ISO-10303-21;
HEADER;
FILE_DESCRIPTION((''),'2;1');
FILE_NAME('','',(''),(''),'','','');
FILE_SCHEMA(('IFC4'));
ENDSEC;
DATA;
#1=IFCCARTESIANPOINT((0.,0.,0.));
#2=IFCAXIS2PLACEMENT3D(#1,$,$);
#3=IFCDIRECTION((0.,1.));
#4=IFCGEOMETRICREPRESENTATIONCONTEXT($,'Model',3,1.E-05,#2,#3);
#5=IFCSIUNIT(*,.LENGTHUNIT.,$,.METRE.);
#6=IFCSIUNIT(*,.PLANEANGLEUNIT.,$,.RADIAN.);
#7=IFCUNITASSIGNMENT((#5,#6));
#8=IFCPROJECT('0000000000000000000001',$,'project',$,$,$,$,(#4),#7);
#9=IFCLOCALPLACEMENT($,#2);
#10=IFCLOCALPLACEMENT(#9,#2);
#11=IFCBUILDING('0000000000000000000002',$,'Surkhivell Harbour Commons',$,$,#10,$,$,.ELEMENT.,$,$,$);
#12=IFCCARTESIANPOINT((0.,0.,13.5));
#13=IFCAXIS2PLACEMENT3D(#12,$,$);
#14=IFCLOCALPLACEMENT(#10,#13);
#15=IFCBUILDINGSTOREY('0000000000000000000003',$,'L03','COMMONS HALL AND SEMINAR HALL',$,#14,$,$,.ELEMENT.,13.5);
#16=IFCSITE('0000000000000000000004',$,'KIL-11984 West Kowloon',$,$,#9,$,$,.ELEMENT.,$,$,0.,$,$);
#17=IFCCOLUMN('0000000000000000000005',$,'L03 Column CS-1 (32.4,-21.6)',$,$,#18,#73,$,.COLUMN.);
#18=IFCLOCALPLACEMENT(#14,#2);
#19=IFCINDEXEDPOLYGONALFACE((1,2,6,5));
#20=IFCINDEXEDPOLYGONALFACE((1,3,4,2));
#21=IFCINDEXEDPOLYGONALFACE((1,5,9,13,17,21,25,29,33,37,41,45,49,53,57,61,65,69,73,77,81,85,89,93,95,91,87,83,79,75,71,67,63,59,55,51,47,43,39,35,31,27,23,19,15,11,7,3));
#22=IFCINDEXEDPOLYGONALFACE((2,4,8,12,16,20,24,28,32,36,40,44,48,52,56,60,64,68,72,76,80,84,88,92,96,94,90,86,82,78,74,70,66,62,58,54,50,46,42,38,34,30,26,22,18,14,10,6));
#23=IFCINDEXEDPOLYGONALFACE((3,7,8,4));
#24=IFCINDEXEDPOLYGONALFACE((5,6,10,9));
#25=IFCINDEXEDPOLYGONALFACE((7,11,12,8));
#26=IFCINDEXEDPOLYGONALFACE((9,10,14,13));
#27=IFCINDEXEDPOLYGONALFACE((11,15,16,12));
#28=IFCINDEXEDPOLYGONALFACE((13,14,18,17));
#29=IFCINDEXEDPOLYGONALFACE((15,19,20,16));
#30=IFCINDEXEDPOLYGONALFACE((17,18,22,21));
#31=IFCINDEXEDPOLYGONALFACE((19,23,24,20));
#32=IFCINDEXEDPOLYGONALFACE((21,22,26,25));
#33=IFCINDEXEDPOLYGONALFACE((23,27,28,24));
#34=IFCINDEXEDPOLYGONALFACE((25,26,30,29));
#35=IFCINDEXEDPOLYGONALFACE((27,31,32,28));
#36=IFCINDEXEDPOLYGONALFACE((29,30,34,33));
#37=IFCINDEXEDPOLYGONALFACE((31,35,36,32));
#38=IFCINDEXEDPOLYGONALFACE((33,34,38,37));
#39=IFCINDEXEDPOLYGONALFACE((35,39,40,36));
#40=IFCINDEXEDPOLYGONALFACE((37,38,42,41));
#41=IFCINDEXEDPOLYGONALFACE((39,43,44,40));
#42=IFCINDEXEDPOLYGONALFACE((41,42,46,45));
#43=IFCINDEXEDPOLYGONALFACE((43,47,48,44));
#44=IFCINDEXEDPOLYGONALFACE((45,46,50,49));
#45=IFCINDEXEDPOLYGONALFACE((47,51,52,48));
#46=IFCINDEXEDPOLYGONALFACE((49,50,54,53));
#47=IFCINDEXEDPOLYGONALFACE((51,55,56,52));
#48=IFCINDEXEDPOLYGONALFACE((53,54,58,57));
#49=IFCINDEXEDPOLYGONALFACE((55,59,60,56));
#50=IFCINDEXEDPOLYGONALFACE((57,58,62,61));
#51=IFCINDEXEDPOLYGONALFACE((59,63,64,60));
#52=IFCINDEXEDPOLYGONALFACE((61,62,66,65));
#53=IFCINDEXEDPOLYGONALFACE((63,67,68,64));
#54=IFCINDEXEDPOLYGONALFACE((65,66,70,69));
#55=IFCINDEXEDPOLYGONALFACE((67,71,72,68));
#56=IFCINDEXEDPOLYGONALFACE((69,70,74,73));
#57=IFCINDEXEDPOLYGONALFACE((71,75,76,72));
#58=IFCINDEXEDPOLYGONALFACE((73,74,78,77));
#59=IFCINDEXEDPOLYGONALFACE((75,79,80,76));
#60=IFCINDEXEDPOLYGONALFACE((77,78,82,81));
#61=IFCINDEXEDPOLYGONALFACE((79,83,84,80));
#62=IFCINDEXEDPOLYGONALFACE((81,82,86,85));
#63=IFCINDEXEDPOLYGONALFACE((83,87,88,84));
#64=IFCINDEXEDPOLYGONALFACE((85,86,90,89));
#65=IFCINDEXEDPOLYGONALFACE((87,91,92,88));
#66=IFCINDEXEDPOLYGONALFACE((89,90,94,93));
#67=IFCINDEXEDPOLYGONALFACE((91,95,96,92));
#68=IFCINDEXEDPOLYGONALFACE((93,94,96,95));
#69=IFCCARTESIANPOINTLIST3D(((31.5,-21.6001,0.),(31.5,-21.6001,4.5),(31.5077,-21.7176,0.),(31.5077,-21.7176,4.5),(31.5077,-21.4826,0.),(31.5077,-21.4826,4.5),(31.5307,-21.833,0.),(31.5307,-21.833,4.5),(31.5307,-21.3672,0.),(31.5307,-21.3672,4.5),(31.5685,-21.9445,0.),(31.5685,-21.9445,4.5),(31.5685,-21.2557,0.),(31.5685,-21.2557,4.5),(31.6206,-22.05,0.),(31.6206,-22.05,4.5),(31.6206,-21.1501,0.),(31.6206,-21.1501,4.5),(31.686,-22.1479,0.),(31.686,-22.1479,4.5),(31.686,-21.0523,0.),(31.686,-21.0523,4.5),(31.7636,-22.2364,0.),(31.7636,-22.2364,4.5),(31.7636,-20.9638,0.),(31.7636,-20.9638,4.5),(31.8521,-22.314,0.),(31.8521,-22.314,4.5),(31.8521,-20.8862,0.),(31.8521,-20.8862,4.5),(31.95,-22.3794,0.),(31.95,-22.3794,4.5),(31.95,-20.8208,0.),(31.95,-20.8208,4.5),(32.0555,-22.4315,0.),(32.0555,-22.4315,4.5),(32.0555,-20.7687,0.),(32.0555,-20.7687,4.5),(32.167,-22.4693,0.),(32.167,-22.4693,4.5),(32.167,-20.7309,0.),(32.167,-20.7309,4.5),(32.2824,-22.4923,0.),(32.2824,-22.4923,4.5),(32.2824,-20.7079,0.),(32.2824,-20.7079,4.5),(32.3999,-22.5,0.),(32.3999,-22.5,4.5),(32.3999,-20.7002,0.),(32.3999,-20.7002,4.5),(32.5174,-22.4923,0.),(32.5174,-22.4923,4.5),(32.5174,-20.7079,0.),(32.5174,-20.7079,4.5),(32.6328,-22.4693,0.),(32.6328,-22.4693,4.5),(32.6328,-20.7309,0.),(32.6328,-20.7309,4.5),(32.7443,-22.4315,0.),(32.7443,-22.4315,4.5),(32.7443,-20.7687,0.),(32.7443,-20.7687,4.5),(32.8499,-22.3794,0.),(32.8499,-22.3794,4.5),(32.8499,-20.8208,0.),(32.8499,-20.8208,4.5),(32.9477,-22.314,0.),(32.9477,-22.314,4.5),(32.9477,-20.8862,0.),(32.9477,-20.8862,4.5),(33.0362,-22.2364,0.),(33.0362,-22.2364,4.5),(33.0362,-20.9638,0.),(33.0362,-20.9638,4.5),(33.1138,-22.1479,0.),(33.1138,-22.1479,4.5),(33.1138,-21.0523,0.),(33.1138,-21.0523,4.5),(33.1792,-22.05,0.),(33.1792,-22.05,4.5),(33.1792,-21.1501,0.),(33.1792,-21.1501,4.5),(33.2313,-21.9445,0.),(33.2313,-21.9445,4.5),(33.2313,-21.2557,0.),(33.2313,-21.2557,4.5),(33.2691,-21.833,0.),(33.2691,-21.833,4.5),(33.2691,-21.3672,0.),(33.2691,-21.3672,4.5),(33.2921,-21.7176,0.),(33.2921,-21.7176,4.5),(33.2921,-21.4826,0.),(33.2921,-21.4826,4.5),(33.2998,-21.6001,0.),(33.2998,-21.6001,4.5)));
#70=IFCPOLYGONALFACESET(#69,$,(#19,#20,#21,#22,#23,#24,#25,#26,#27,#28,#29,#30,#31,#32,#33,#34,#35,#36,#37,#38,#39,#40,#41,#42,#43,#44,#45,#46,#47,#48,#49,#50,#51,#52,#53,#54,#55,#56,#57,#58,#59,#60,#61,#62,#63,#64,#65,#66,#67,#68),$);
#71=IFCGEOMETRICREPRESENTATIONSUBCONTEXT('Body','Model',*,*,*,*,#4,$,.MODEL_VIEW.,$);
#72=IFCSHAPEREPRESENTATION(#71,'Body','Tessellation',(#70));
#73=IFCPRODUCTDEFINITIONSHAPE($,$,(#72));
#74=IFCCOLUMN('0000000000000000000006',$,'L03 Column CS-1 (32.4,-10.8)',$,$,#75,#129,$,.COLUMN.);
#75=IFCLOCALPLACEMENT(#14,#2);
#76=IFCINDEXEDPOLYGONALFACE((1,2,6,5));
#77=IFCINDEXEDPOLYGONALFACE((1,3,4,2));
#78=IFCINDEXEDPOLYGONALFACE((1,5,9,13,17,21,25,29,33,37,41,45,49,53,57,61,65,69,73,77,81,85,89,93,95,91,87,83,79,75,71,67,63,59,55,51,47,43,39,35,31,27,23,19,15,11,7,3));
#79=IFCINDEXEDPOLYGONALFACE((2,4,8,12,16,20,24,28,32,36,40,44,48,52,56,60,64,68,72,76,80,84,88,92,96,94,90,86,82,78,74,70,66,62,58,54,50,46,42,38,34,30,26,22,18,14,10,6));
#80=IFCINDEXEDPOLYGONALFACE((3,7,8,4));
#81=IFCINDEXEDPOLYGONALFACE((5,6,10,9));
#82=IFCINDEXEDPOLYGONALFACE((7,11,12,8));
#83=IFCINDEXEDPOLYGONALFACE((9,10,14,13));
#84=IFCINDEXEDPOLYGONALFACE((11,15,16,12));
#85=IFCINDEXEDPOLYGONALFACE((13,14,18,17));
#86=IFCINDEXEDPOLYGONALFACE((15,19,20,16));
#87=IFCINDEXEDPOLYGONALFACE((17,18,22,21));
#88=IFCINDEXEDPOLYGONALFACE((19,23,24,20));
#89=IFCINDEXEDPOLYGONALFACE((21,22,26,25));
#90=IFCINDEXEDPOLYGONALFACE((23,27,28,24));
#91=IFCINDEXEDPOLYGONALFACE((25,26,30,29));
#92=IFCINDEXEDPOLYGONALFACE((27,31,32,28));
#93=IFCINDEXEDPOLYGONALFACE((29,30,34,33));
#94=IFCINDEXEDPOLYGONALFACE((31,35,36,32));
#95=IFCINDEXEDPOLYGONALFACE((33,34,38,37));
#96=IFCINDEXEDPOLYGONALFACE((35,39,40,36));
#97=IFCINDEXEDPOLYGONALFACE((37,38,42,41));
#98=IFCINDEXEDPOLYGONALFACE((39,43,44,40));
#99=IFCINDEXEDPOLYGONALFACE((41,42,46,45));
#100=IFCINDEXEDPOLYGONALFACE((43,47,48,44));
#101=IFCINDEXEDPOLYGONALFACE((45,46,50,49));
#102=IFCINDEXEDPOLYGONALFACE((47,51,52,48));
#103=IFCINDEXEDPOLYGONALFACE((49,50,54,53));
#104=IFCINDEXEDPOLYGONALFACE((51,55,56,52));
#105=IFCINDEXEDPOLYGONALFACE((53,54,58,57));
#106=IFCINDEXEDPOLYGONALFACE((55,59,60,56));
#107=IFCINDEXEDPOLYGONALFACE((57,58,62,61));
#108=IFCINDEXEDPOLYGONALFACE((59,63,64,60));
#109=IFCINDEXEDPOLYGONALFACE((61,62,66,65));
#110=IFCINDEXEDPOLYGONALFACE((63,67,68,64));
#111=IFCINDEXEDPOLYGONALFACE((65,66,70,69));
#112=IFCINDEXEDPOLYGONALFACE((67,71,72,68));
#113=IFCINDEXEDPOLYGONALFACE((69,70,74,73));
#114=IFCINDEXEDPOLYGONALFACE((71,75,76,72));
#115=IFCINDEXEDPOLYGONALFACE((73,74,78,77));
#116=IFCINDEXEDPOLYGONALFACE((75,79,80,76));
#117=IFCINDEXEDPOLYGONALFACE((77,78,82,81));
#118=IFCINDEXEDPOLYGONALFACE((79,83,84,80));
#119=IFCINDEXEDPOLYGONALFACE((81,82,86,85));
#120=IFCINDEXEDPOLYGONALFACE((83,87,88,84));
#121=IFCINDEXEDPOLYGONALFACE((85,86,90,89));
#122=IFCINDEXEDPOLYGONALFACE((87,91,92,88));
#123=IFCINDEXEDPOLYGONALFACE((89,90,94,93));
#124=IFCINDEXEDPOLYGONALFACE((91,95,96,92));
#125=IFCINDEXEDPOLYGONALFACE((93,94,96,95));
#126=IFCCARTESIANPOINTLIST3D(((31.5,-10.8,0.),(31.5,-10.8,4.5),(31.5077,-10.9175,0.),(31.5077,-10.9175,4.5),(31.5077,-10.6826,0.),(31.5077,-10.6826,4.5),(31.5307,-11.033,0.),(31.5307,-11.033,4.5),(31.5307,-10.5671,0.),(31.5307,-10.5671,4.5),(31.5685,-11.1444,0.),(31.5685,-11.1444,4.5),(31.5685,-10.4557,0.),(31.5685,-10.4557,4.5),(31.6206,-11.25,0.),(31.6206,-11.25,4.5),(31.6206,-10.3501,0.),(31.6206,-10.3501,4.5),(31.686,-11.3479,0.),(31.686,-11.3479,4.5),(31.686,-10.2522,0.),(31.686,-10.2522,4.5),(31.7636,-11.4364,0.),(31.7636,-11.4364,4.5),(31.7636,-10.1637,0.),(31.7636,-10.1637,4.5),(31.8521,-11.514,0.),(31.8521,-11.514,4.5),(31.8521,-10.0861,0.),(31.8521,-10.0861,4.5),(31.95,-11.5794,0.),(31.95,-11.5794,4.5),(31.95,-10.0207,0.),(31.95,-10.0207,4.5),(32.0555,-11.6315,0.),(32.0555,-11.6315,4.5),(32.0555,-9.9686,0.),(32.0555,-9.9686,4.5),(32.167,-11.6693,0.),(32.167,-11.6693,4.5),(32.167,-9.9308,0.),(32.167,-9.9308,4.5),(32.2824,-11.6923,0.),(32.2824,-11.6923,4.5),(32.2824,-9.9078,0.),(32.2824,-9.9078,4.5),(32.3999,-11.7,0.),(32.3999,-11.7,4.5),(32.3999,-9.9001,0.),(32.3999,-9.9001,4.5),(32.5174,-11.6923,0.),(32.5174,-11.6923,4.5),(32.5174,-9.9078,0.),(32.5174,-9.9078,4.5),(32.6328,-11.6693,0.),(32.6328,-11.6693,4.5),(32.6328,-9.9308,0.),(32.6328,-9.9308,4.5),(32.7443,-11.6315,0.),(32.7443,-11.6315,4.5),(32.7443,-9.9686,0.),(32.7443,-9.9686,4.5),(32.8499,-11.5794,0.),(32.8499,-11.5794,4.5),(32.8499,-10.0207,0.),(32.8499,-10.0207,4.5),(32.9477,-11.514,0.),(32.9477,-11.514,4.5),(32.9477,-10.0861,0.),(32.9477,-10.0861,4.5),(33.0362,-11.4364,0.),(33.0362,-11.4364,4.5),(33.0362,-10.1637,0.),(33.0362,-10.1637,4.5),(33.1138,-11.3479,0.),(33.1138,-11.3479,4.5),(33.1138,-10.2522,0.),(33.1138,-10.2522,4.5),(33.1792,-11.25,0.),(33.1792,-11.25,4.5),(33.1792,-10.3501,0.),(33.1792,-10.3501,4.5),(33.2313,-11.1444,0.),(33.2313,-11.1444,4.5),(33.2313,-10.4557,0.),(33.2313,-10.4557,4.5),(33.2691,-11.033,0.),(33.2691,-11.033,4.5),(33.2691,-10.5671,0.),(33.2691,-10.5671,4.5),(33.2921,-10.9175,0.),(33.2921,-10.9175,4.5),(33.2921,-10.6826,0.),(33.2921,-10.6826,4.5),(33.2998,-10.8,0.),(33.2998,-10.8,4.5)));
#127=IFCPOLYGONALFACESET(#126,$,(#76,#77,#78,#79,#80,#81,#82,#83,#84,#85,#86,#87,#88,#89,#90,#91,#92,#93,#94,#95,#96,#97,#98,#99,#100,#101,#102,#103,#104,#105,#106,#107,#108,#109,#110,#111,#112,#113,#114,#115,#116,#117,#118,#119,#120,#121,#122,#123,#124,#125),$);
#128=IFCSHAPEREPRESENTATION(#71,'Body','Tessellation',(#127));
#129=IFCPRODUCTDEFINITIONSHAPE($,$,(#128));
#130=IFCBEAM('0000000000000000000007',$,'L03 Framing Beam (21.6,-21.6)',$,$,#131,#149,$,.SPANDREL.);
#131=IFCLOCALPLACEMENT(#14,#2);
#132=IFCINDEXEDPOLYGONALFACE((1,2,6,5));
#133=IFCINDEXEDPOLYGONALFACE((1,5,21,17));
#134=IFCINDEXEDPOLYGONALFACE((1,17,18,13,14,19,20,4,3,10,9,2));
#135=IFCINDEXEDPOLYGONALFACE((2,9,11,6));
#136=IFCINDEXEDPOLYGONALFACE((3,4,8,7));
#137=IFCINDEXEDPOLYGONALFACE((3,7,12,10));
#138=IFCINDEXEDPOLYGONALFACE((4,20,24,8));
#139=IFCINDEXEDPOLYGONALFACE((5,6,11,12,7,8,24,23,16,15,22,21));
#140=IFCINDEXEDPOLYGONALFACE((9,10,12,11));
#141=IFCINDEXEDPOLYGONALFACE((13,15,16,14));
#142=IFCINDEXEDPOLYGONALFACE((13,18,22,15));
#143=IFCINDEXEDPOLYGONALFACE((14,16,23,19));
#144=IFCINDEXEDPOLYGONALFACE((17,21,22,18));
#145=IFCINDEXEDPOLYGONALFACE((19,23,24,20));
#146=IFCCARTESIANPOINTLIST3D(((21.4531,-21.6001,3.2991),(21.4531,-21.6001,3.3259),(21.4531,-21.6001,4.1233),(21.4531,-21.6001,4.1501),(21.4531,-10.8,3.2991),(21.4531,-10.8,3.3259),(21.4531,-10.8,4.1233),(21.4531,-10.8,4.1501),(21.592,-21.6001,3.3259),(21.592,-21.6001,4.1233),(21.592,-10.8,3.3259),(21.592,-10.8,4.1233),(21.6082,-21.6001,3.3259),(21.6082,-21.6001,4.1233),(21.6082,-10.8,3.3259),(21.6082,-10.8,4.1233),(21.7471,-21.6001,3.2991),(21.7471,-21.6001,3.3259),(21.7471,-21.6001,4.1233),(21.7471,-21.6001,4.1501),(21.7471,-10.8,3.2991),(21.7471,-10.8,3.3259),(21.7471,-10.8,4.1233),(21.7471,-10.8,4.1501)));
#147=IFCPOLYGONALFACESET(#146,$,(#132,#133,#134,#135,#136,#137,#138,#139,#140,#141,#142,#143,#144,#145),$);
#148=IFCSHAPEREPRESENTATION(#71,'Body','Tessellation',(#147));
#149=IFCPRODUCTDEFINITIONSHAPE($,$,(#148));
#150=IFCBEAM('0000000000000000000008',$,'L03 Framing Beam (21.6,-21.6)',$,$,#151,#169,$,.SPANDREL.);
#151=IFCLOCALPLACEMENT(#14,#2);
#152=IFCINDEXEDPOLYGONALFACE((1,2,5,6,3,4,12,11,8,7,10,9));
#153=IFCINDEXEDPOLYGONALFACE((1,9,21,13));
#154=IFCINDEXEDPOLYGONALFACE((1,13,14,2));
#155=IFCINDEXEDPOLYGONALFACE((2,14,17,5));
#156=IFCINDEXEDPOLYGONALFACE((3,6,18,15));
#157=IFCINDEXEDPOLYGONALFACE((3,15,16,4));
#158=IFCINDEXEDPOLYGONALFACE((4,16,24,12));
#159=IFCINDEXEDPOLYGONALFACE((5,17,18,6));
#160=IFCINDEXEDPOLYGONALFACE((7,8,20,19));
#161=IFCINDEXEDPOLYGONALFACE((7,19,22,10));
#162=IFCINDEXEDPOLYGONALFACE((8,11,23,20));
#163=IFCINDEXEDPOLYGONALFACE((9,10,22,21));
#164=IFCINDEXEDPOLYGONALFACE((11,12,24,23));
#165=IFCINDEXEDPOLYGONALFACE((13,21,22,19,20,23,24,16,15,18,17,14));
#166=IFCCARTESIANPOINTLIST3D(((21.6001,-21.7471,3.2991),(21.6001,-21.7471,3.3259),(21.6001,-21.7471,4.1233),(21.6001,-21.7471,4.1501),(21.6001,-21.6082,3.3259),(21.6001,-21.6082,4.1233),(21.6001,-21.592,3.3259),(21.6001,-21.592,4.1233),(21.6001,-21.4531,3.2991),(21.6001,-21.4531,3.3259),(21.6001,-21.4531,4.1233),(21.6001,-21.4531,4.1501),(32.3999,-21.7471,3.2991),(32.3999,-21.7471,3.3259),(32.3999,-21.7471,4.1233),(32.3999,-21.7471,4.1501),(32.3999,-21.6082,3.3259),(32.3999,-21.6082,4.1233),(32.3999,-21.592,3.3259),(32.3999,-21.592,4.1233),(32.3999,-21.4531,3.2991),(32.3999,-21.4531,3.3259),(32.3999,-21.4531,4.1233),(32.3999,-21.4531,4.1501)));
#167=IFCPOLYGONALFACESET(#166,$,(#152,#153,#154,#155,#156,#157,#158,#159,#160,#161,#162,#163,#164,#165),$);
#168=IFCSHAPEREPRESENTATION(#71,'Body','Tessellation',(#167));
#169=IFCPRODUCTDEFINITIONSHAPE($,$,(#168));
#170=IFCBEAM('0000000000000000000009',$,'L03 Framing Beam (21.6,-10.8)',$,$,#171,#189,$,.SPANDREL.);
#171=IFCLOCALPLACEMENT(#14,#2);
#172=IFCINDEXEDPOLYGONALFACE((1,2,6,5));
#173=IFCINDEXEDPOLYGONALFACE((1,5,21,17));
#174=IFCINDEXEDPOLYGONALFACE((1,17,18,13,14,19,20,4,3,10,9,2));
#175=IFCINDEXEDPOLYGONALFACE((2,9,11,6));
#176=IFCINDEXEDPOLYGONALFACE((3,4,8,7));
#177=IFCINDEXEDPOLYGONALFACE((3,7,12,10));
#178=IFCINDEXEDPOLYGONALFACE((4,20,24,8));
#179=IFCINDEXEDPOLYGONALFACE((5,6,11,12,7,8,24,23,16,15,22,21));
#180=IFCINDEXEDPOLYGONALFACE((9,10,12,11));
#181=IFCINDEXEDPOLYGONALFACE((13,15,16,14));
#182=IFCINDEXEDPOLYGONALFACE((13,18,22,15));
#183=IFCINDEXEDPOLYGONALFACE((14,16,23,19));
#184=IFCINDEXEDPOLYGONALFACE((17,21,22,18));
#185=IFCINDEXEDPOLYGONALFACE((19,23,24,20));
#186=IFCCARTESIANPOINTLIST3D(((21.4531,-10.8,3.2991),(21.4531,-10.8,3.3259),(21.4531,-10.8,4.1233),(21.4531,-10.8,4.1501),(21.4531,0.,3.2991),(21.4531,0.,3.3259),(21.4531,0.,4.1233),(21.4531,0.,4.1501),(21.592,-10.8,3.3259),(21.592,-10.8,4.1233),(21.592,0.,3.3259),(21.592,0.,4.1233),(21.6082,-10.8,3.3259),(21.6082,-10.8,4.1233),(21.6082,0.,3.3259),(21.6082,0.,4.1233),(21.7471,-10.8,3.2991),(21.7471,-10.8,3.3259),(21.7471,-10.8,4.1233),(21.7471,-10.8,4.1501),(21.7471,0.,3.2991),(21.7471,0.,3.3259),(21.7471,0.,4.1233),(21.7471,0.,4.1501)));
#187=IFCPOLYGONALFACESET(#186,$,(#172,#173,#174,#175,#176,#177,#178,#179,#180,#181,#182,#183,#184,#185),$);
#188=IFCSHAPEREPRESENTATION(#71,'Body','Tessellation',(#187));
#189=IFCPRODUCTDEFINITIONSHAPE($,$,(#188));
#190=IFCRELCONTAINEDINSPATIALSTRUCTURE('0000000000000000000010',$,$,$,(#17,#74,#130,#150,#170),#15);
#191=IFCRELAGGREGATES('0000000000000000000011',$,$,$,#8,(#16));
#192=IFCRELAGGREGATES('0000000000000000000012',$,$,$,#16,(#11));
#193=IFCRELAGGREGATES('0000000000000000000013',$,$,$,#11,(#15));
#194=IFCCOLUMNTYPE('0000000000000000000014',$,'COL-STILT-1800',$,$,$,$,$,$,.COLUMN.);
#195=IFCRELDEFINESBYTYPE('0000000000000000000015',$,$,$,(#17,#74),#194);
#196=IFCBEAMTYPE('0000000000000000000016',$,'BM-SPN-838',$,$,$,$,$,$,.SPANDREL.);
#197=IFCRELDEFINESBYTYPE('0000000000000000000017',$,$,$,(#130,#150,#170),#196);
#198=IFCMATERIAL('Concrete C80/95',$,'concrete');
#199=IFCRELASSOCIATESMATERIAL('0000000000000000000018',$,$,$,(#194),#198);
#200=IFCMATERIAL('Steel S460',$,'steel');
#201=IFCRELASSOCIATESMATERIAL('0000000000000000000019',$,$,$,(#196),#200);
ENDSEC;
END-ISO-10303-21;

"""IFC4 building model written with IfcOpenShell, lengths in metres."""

from ifc_helpers import new_model, si_unit, direction, frame, origin, origin_2d, place, context, subcontext, project, spatial, circle, i_section, extrude, material, material_profile, profile_set, type_object, element, save


model = new_model("IFC4")

# Units and contexts
model_context = context("Model", 3, precision=1e-05, world=origin(), true_north=direction((0.0, 1.0)))
body_context = subcontext(model_context, "Body", "Model", "MODEL_VIEW")
ifc_project = project(units=[si_unit("LENGTHUNIT", "METRE"), si_unit("PLANEANGLEUNIT", "RADIAN")], contexts=[model_context])

# Site, building, storey
site_placement = place(None, origin())
site = spatial("IfcSite", under=ifc_project, at=site_placement, Name="KIL-11984 West Kowloon", CompositionType="ELEMENT", RefElevation=0.0)
building_placement = place(site_placement, origin())
building = spatial("IfcBuilding", under=site, at=building_placement, Name="Surkhivell Harbour Commons", CompositionType="ELEMENT")
storey_placement = place(building_placement, frame((0.0, 0.0, 13.5)))
storey = spatial("IfcBuildingStorey", under=building, at=storey_placement, Name="L03", Description="COMMONS HALL AND SEMINAR HALL", CompositionType="ELEMENT", Elevation=13.5)

# Columns
ifc_material_1 = material(Name="Concrete C80/95", Category="concrete")
ifc_material_profile_1 = material_profile(ifc_material_1, circle(Radius=0.8999, at=origin_2d()), Name="RC-CIRC-1800")
ifc_profile_set_1 = profile_set([ifc_material_profile_1], Name="Concrete C80/95")
column_type_1 = type_object("IfcColumnType", Name="COL-STILT-1800", PredefinedType="COLUMN", material=ifc_profile_set_1)
for number, where, z_axis, x_axis, name in (
    (1, (32.3999, -21.6001, 0.0), (0.0, 0.0, 1.0), (1.0, 0.0, 0.0), "L03 Column CS-1 (32.4,-21.6)"),
    (2, (32.3999, -10.8, 0.0), (0.0, 0.0, 1.0), (1.0, 0.0, 0.0), "L03 Column CS-1 (32.4,-10.8)"),
):
    element("IfcColumn", number, at=place(storey_placement, frame(where, z_axis=z_axis, x_axis=x_axis)), inside=storey, type_object=column_type_1, Name=name, PredefinedType="COLUMN", context=body_context, shape_type="SweptSolid", body=[
        extrude(circle(Radius=0.8999, at=origin_2d()), origin(), (0.0, 0.0, 1.0), 4.5),
    ])

# Beams
ifc_material_2 = material(Name="Steel S460", Category="steel")
ifc_material_profile_2 = material_profile(ifc_material_2, i_section(OverallWidth=0.2939, OverallDepth=0.8511, WebThickness=0.0161, FlangeThickness=0.0269, at=origin_2d()), Name="UB838x292x226")
ifc_profile_set_2 = profile_set([ifc_material_profile_2], Name="Steel S460")
beam_type = type_object("IfcBeamType", Name="BM-SPN-838", PredefinedType="SPANDREL", material=ifc_profile_set_2)
beam_1_placement = place(storey_placement, frame((21.6001, -21.6001, 3.7246), z_axis=(0.0, 1.0, 0.0), x_axis=(-1.0, 0.0, 0.0)))
element("IfcBeam", 3, at=beam_1_placement, inside=storey, type_object=beam_type, Name="L03 Framing Beam (21.6,-21.6)", PredefinedType="SPANDREL", context=body_context, shape_type="SweptSolid", body=[
    extrude(i_section(OverallWidth=0.2939, OverallDepth=0.8511, WebThickness=0.0161, FlangeThickness=0.0269, at=origin_2d()), origin(), (0.0, 0.0, 1.0), 10.8),
])
beam_2_placement = place(storey_placement, frame((21.6001, -21.6001, 3.7246), z_axis=(1.0, 0.0, 0.0), x_axis=(0.0, 1.0, 0.0)))
element("IfcBeam", 4, at=beam_2_placement, inside=storey, type_object=beam_type, Name="L03 Framing Beam (21.6,-21.6)", PredefinedType="SPANDREL", context=body_context, shape_type="SweptSolid", body=[
    extrude(i_section(OverallWidth=0.2939, OverallDepth=0.8511, WebThickness=0.0161, FlangeThickness=0.0269, at=origin_2d()), origin(), (0.0, 0.0, 1.0), 10.7998),
])
beam_3_placement = place(storey_placement, frame((21.6001, -10.8, 3.7246), z_axis=(0.0, 1.0, 0.0), x_axis=(-1.0, 0.0, 0.0)))
element("IfcBeam", 5, at=beam_3_placement, inside=storey, type_object=beam_type, Name="L03 Framing Beam (21.6,-10.8)", PredefinedType="SPANDREL", context=body_context, shape_type="SweptSolid", body=[
    extrude(i_section(OverallWidth=0.2939, OverallDepth=0.8511, WebThickness=0.0161, FlangeThickness=0.0269, at=origin_2d()), origin(), (0.0, 0.0, 1.0), 10.8),
])

save(model, "model.ifc")
